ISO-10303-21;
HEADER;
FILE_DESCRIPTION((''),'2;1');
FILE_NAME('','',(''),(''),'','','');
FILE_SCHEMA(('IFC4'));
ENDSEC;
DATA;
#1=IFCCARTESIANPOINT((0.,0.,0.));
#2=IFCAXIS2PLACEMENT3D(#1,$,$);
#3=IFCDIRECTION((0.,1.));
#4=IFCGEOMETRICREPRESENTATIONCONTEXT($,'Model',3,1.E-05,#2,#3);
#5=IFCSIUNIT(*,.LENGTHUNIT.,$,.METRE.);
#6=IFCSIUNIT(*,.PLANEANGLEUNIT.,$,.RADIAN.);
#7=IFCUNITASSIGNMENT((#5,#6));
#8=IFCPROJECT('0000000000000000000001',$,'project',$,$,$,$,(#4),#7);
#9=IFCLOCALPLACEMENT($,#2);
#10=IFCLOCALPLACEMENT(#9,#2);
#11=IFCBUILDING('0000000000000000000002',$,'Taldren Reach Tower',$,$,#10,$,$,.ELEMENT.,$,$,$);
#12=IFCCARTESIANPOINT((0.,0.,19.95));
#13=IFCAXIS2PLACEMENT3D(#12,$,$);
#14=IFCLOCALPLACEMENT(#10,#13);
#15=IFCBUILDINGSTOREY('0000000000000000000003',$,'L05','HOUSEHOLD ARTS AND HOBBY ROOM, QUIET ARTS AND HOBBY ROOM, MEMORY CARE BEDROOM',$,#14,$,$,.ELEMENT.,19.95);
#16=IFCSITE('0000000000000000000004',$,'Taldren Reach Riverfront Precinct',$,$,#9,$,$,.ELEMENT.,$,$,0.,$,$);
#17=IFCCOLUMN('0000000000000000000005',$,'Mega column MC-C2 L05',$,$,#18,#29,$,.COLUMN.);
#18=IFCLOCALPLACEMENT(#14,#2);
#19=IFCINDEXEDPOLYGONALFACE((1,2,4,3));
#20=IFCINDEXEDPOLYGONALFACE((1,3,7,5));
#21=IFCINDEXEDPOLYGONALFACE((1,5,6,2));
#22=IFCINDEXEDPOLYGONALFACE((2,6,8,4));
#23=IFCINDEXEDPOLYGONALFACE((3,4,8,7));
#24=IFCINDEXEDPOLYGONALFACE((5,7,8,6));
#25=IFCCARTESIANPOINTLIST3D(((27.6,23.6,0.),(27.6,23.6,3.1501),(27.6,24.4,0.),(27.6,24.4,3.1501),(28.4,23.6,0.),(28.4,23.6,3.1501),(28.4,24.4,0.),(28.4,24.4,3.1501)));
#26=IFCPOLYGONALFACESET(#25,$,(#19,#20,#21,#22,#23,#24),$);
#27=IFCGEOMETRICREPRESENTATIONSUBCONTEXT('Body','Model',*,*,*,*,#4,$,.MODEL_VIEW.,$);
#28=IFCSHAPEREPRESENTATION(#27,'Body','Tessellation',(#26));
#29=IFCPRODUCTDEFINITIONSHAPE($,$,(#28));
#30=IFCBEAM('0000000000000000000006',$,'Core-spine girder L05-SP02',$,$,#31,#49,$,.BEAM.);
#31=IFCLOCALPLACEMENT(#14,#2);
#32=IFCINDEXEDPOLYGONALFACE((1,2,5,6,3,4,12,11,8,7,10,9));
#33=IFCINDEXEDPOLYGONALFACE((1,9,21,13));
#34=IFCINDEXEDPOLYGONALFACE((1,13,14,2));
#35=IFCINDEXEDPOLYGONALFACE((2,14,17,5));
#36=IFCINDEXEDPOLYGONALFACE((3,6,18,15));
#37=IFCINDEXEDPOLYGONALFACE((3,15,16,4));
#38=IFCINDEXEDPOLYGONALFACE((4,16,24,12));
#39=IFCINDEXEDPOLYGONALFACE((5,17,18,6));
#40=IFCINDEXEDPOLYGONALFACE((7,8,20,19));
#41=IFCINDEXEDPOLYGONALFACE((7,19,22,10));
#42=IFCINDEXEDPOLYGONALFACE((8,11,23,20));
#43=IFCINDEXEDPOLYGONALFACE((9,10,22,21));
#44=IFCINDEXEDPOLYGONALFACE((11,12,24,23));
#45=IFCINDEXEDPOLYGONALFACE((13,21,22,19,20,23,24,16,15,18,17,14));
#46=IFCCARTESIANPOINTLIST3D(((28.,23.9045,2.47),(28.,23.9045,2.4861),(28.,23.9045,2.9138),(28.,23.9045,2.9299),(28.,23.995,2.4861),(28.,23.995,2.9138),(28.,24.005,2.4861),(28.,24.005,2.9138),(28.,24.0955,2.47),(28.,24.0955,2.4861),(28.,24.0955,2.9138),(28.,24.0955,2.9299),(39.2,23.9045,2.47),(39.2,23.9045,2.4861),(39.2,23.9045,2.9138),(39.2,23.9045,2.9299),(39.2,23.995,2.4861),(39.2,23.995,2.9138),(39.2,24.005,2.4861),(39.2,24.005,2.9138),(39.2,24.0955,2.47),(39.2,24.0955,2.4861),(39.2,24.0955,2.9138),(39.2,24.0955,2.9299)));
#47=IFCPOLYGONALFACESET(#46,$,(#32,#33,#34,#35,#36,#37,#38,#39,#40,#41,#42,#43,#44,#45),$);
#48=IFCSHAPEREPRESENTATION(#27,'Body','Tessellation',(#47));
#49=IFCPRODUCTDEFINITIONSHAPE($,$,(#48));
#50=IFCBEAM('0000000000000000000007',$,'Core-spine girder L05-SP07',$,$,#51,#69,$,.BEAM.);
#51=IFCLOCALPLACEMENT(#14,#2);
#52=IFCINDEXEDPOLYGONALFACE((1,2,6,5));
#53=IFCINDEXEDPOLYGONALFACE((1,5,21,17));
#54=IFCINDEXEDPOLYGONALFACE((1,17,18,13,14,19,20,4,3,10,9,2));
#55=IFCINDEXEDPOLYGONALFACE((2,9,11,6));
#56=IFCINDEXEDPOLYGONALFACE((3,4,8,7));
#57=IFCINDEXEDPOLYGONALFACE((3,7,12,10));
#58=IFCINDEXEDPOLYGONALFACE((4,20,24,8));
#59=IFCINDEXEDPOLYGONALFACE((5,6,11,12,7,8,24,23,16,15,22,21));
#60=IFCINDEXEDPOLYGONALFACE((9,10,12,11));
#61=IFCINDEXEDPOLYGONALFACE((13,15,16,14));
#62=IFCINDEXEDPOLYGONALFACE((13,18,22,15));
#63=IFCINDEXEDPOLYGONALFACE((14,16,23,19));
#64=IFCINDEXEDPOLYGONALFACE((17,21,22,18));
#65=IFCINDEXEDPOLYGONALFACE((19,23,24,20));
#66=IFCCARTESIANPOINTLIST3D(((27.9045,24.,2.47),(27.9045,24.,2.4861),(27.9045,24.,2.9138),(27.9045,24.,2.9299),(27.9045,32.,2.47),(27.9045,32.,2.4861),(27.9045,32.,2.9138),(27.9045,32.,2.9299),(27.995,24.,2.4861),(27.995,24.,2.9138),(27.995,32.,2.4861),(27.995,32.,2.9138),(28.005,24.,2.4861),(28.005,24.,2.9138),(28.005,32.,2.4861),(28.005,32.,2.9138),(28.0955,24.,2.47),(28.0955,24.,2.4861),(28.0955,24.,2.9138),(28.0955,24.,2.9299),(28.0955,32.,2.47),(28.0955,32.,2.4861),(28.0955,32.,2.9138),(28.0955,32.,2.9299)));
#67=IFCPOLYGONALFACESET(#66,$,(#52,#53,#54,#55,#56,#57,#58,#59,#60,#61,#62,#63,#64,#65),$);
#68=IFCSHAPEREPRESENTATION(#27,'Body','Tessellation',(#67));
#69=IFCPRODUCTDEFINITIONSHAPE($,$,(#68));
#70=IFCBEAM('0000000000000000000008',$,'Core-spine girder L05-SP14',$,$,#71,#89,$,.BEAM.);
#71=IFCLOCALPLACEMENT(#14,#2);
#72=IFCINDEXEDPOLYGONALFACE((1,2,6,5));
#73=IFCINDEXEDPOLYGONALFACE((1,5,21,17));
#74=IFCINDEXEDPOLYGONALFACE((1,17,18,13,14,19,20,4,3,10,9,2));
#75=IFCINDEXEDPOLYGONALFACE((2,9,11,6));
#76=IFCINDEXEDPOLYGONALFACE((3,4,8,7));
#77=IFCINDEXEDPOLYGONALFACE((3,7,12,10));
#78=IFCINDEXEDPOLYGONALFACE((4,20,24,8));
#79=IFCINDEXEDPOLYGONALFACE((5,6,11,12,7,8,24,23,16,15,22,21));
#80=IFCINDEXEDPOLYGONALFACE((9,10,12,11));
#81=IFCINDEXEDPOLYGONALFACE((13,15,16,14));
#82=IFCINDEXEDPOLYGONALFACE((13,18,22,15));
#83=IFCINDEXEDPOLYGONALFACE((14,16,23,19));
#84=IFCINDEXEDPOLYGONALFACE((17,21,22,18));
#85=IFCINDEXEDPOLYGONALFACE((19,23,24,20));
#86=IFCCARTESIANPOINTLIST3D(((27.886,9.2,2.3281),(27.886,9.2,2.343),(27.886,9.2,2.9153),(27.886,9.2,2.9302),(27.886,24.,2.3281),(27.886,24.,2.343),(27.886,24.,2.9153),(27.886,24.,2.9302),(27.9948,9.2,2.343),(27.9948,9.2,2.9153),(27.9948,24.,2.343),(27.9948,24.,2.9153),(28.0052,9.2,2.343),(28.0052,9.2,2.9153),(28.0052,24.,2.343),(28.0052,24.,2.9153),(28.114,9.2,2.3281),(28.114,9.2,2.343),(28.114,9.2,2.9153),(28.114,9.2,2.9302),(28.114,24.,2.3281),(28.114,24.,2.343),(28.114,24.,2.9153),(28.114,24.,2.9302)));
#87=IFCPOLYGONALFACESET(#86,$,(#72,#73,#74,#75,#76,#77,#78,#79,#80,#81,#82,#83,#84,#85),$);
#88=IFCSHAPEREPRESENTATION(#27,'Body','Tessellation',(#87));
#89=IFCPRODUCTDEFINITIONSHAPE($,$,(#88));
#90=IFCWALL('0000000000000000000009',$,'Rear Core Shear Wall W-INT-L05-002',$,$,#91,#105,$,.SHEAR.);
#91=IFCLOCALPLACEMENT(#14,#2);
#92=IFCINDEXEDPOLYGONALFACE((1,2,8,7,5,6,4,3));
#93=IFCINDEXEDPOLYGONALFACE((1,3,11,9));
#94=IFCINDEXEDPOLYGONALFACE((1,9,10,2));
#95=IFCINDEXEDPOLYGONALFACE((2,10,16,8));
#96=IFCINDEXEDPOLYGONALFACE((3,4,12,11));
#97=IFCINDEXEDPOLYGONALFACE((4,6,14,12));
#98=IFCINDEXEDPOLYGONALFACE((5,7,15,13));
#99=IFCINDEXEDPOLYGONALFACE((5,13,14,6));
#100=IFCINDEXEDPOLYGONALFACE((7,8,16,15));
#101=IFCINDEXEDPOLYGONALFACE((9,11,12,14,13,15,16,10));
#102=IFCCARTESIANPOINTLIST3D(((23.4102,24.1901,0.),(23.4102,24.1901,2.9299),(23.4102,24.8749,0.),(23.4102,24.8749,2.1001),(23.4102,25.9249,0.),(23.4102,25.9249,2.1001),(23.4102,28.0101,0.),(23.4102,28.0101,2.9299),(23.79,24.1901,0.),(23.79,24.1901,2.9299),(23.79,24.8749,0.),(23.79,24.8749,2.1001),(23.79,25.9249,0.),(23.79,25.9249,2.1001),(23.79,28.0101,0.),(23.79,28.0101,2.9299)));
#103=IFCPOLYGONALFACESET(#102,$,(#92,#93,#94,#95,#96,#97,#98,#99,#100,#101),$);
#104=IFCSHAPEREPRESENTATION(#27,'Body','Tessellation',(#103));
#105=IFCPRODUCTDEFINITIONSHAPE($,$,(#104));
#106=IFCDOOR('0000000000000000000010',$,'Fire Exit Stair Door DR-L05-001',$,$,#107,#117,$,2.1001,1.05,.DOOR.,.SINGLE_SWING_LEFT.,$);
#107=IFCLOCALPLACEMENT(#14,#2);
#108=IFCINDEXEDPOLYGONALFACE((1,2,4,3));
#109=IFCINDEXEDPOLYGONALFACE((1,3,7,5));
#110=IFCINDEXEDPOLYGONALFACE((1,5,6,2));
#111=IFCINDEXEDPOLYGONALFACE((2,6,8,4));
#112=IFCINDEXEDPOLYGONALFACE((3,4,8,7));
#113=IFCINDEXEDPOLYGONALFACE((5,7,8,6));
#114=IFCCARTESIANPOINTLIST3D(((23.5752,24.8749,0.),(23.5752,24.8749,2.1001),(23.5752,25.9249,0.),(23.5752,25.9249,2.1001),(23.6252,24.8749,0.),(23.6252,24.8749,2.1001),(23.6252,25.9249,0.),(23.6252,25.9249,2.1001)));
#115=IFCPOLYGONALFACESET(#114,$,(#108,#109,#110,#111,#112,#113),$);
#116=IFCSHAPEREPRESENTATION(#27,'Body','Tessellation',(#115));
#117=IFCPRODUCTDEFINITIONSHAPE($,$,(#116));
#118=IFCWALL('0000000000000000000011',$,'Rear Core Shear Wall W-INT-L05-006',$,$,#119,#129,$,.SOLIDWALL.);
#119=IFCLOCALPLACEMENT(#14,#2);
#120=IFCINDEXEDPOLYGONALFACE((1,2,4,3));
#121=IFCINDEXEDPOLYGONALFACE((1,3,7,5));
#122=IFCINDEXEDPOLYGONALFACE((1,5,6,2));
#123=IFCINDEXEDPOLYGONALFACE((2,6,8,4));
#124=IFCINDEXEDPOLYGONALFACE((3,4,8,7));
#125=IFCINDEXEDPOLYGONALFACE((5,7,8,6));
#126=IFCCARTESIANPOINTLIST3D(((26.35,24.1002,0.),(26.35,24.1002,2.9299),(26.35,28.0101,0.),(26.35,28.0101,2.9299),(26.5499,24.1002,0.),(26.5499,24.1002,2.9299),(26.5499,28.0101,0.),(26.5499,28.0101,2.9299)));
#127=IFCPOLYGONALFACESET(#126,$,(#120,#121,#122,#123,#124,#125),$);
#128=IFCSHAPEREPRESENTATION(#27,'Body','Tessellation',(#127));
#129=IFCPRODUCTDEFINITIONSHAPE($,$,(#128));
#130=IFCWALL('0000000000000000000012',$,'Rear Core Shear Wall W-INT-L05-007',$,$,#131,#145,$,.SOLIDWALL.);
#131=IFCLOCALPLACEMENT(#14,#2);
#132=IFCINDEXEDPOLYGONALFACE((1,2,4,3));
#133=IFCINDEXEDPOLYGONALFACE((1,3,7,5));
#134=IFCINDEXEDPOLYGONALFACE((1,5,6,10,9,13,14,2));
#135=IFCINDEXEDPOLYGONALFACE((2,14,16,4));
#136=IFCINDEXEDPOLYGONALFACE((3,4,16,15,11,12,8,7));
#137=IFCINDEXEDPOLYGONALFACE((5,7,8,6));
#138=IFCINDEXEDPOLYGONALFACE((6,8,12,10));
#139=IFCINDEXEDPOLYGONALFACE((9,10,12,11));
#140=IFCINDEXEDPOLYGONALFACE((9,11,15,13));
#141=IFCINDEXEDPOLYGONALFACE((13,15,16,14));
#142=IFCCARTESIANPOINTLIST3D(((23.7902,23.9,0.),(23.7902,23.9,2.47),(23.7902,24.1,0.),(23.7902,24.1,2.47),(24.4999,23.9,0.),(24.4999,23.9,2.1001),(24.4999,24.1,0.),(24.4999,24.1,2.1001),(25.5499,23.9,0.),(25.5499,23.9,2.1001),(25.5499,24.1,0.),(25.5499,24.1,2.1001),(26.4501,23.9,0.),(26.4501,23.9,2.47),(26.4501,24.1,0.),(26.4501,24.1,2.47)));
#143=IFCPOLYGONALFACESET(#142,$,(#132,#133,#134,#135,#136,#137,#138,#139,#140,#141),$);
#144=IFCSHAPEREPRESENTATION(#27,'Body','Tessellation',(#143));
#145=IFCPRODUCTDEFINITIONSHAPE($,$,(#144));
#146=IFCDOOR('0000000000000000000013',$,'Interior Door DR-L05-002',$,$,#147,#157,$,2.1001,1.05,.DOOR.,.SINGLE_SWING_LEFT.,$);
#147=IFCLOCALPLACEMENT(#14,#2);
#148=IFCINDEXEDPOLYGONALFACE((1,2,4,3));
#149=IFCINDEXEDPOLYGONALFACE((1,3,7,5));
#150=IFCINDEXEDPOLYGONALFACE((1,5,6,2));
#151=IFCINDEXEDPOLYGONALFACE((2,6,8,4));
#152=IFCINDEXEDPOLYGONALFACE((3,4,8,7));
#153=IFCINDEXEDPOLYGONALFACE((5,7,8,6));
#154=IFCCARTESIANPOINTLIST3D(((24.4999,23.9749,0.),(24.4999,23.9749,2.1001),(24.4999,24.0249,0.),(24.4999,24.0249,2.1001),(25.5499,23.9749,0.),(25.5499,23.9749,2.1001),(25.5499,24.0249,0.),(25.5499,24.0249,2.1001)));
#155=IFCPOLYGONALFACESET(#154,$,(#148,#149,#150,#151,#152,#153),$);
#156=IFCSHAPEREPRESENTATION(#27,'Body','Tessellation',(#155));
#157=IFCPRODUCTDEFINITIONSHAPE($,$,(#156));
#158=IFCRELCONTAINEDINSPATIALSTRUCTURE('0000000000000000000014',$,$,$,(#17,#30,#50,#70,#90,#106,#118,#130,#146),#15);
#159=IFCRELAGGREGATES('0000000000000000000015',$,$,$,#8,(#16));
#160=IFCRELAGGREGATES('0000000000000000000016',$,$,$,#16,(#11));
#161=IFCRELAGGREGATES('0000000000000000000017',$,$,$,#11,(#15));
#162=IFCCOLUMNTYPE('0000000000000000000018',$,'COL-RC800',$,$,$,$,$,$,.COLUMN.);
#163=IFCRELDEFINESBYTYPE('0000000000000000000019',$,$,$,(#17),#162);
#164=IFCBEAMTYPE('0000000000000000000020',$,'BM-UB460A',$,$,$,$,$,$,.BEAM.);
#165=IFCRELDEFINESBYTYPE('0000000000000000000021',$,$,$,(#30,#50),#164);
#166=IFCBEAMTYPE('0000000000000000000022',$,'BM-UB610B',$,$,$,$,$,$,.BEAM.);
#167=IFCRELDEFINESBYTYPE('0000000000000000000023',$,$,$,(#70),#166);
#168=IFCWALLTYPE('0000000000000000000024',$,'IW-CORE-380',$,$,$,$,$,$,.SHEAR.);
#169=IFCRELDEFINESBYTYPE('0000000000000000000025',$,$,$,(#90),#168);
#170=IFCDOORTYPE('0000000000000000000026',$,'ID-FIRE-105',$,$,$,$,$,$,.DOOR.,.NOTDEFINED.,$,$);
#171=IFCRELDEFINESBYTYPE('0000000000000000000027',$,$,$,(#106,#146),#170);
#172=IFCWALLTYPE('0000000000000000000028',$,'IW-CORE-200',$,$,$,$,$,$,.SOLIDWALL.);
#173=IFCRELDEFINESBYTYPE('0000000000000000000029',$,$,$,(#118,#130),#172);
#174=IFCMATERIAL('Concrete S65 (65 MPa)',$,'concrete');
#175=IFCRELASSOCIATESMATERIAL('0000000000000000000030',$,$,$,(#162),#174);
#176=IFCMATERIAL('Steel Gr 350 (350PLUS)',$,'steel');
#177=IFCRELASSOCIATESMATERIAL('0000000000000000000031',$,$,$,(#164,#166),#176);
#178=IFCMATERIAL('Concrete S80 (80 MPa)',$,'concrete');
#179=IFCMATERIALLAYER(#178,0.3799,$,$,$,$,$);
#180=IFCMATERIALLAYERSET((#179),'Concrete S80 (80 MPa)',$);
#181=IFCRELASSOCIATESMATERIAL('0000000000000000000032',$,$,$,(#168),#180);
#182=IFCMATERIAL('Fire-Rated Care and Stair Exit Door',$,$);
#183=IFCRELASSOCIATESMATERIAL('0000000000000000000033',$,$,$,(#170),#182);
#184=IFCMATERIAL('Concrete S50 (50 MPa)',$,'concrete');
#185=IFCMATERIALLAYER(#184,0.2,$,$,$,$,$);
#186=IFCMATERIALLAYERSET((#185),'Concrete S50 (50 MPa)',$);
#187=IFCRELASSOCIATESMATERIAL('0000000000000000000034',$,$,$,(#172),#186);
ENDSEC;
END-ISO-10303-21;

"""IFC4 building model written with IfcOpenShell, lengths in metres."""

from ifc_helpers import new_model, si_unit, direction, frame, frame_2d, origin, origin_2d, place, context, subcontext, project, spatial, rectangle, i_section, extrude, source, transform, mapped, material, layer, layer_set, material_profile, profile_set, type_object, element, fill, save


model = new_model("IFC4")

# Units and contexts
model_context = context("Model", 3, precision=1e-05, world=origin(), true_north=direction((0.0, 1.0)))
body_context = subcontext(model_context, "Body", "Model", "MODEL_VIEW")
ifc_project = project(units=[si_unit("LENGTHUNIT", "METRE"), si_unit("PLANEANGLEUNIT", "RADIAN")], contexts=[model_context])

# Site, building, storey
site_placement = place(None, origin())
site = spatial("IfcSite", under=ifc_project, at=site_placement, Name="Taldren Reach Riverfront Precinct", CompositionType="ELEMENT", RefElevation=0.0)
building_placement = place(site_placement, origin())
building = spatial("IfcBuilding", under=site, at=building_placement, Name="Taldren Reach Tower", CompositionType="ELEMENT")
storey_placement = place(building_placement, frame((0.0, 0.0, 19.95)))
storey = spatial("IfcBuildingStorey", under=building, at=storey_placement, Name="L05", Description="HOUSEHOLD ARTS AND HOBBY ROOM, QUIET ARTS AND HOBBY ROOM, MEMORY CARE BEDROOM", CompositionType="ELEMENT", Elevation=19.95)

# Column
ifc_material_1 = material(Name="Concrete S65 (65 MPa)", Category="concrete")
ifc_material_profile_1 = material_profile(ifc_material_1, rectangle(XDim=0.8, YDim=0.8, at=origin_2d()), Name="RC-800x800")
ifc_profile_set_1 = profile_set([ifc_material_profile_1], Name="Concrete S65 (65 MPa)")
column_type = type_object("IfcColumnType", Name="COL-RC800", PredefinedType="COLUMN", material=ifc_profile_set_1)
shared_shape_1 = source(origin(), body_context, "Body", "SweptSolid", [
    extrude(rectangle(XDim=0.8, YDim=0.8, at=origin_2d()), origin(), (0.0, 0.0, 1.0), 3.1501),
])
column_placement = place(storey_placement, frame((28.0, 24.0, 0.0), z_axis=(0.0, 0.0, 1.0), x_axis=(1.0, 0.0, 0.0)))
element("IfcColumn", 1, at=column_placement, inside=storey, type_object=column_type, Name="Mega column MC-C2 L05", PredefinedType="COLUMN", context=body_context, shape_type="MappedRepresentation", body=[
    mapped(shared_shape_1, transform((0.0, 0.0, 0.0), scale=1.0)),
])

# Beams
ifc_material_2 = material(Name="Steel Gr 350 (350PLUS)", Category="steel")
ifc_material_profile_2 = material_profile(ifc_material_2, i_section(OverallWidth=0.1909, OverallDepth=0.46, WebThickness=0.01, FlangeThickness=0.0161, at=origin_2d()), Name="460UB82.1")
ifc_profile_set_2 = profile_set([ifc_material_profile_2], Name="Steel Gr 350 (350PLUS)")
beam_type_1 = type_object("IfcBeamType", Name="BM-UB460A", PredefinedType="BEAM", material=ifc_profile_set_2)
shared_shape_2 = source(origin(), body_context, "Body", "SweptSolid", [
    extrude(i_section(OverallWidth=0.1909, OverallDepth=0.46, WebThickness=0.01, FlangeThickness=0.0161, at=origin_2d()), origin(), (0.0, 0.0, 1.0), 11.2),
])
beam_1_placement = place(storey_placement, frame((28.0, 24.0, 2.7), z_axis=(1.0, 0.0, 0.0), x_axis=(0.0, 1.0, 0.0)))
element("IfcBeam", 2, at=beam_1_placement, inside=storey, type_object=beam_type_1, Name="Core-spine girder L05-SP02", PredefinedType="BEAM", context=body_context, shape_type="MappedRepresentation", body=[
    mapped(shared_shape_2, transform((0.0, 0.0, 0.0), scale=1.0)),
])
shared_shape_3 = source(origin(), body_context, "Body", "SweptSolid", [
    extrude(i_section(OverallWidth=0.1909, OverallDepth=0.46, WebThickness=0.01, FlangeThickness=0.0161, at=origin_2d()), origin(), (0.0, 0.0, 1.0), 8.0),
])
beam_2_placement = place(storey_placement, frame((28.0, 24.0, 2.7), z_axis=(0.0, 1.0, 0.0), x_axis=(-1.0, 0.0, 0.0)))
element("IfcBeam", 3, at=beam_2_placement, inside=storey, type_object=beam_type_1, Name="Core-spine girder L05-SP07", PredefinedType="BEAM", context=body_context, shape_type="MappedRepresentation", body=[
    mapped(shared_shape_3, transform((0.0, 0.0, 0.0), scale=1.0)),
])
ifc_material_profile_3 = material_profile(ifc_material_2, i_section(OverallWidth=0.228, OverallDepth=0.6021, WebThickness=0.0105, FlangeThickness=0.0149, at=origin_2d()), Name="610UB101")
ifc_profile_set_3 = profile_set([ifc_material_profile_3], Name="Steel Gr 350 (350PLUS)")
beam_type_2 = type_object("IfcBeamType", Name="BM-UB610B", PredefinedType="BEAM", material=ifc_profile_set_3)
shared_shape_4 = source(origin(), body_context, "Body", "SweptSolid", [
    extrude(i_section(OverallWidth=0.228, OverallDepth=0.6021, WebThickness=0.0105, FlangeThickness=0.0149, at=origin_2d()), origin(), (0.0, 0.0, 1.0), 14.8),
])
beam_3_placement = place(storey_placement, frame((28.0, 24.0, 2.6292), z_axis=(0.0, -1.0, 0.0), x_axis=(1.0, 0.0, 0.0)))
element("IfcBeam", 4, at=beam_3_placement, inside=storey, type_object=beam_type_2, Name="Core-spine girder L05-SP14", PredefinedType="BEAM", context=body_context, shape_type="MappedRepresentation", body=[
    mapped(shared_shape_4, transform((0.0, 0.0, 0.0), scale=1.0)),
])

# Wall, opening, door
ifc_material_3 = material(Name="Concrete S80 (80 MPa)", Category="concrete")
ifc_layer_1 = layer(ifc_material_3, 0.3799)
ifc_layer_set_1 = layer_set([ifc_layer_1], Name="Concrete S80 (80 MPa)")
wall_type_1 = type_object("IfcWallType", Name="IW-CORE-380", PredefinedType="SHEAR", material=ifc_layer_set_1)
shared_shape_5 = source(origin(), body_context, "Body", "SweptSolid", [
    extrude(rectangle(XDim=3.8201, YDim=0.3799, at=frame_2d((1.9102, 0.0))), origin(), (0.0, 0.0, 1.0), 2.9299),
])
wall_1_placement = place(storey_placement, frame((23.6001, 24.1899, 0.0), z_axis=(0.0, 0.0, 1.0), x_axis=(0.0, 1.0, 0.0)))
wall_1 = element("IfcWall", 5, at=wall_1_placement, inside=storey, type_object=wall_type_1, Name="Rear Core Shear Wall W-INT-L05-002", PredefinedType="SHEAR", context=body_context, shape_type="MappedRepresentation", body=[
    mapped(shared_shape_5, transform((0.0, 0.0, 0.0), scale=1.0)),
])
shared_shape_6 = source(origin(), body_context, "Body", "SweptSolid", [
    extrude(rectangle(XDim=1.05, YDim=2.1001, at=frame_2d((0.5249, 1.05))), frame((0.0, 0.2, 0.0), z_axis=(0.0, -1.0, 0.0), x_axis=(1.0, 0.0, 0.0)), (0.0, 0.0, 1.0), 0.3999),
])
opening_1_placement = place(wall_1_placement, frame((0.6851, 0.0, 0.0)))
opening_1 = element("IfcOpeningElement", 6, at=opening_1_placement, cuts=wall_1, PredefinedType="OPENING", context=body_context, shape_type="MappedRepresentation", body=[
    mapped(shared_shape_6, transform((0.0, 0.0, 0.0), scale=1.0)),
])
ifc_material_4 = material(Name="Fire-Rated Care and Stair Exit Door")
door_type_1 = type_object("IfcDoorType", Name="ID-FIRE-105", OperationType="NOTDEFINED", PredefinedType="DOOR", material=ifc_material_4)
shared_shape_7 = source(origin(), body_context, "Body", "SweptSolid", [
    extrude(rectangle(XDim=1.05, YDim=2.1001, at=frame_2d((0.5249, 1.05))), frame((0.0, 0.0249, 0.0), z_axis=(0.0, -1.0, 0.0), x_axis=(1.0, 0.0, 0.0)), (0.0, 0.0, 1.0), 0.05),
])
door_1_placement = place(opening_1_placement, origin())
door_1 = element("IfcDoor", 7, at=door_1_placement, inside=storey, type_object=door_type_1, Name="Fire Exit Stair Door DR-L05-001", OperationType="SINGLE_SWING_LEFT", OverallHeight=2.1001, OverallWidth=1.05, PredefinedType="DOOR", context=body_context, shape_type="MappedRepresentation", body=[
    mapped(shared_shape_7, transform((0.0, 0.0, 0.0), scale=1.0)),
])
fill(opening_1, door_1)

# Wall
ifc_material_5 = material(Name="Concrete S50 (50 MPa)", Category="concrete")
ifc_layer_2 = layer(ifc_material_5, 0.2)
ifc_layer_set_2 = layer_set([ifc_layer_2], Name="Concrete S50 (50 MPa)")
wall_type_2 = type_object("IfcWallType", Name="IW-CORE-200", PredefinedType="SOLIDWALL", material=ifc_layer_set_2)
shared_shape_8 = source(origin(), body_context, "Body", "SweptSolid", [
    extrude(rectangle(XDim=3.9099, YDim=0.2, at=frame_2d((1.9551, 0.0))), origin(), (0.0, 0.0, 1.0), 2.9299),
])
wall_2_placement = place(storey_placement, frame((26.45, 24.1001, 0.0), z_axis=(0.0, 0.0, 1.0), x_axis=(0.0, 1.0, 0.0)))
element("IfcWall", 8, at=wall_2_placement, inside=storey, type_object=wall_type_2, Name="Rear Core Shear Wall W-INT-L05-006", PredefinedType="SOLIDWALL", context=body_context, shape_type="MappedRepresentation", body=[
    mapped(shared_shape_8, transform((0.0, 0.0, 0.0), scale=1.0)),
])

# Wall, opening, door
shared_shape_9 = source(origin(), body_context, "Body", "SweptSolid", [
    extrude(rectangle(XDim=2.6599, YDim=0.2, at=frame_2d((1.3301, 0.0))), origin(), (0.0, 0.0, 1.0), 2.47),
])
wall_3_placement = place(storey_placement, frame((23.79, 24.0, 0.0), z_axis=(0.0, 0.0, 1.0), x_axis=(1.0, 0.0, 0.0)))
wall_3 = element("IfcWall", 9, at=wall_3_placement, inside=storey, type_object=wall_type_2, Name="Rear Core Shear Wall W-INT-L05-007", PredefinedType="SOLIDWALL", context=body_context, shape_type="MappedRepresentation", body=[
    mapped(shared_shape_9, transform((0.0, 0.0, 0.0), scale=1.0)),
])
shared_shape_10 = source(origin(), body_context, "Body", "SweptSolid", [
    extrude(rectangle(XDim=1.05, YDim=2.1001, at=frame_2d((0.5249, 1.05))), frame((0.0, 0.1099, 0.0), z_axis=(0.0, -1.0, 0.0), x_axis=(1.0, 0.0, 0.0)), (0.0, 0.0, 1.0), 0.22),
])
opening_2_placement = place(wall_3_placement, frame((0.71, 0.0, 0.0)))
opening_2 = element("IfcOpeningElement", 10, at=opening_2_placement, cuts=wall_3, PredefinedType="OPENING", context=body_context, shape_type="MappedRepresentation", body=[
    mapped(shared_shape_10, transform((0.0, 0.0, 0.0), scale=1.0)),
])
door_2_placement = place(opening_2_placement, origin())
door_2 = element("IfcDoor", 11, at=door_2_placement, inside=storey, type_object=door_type_1, Name="Interior Door DR-L05-002", OperationType="SINGLE_SWING_LEFT", OverallHeight=2.1001, OverallWidth=1.05, PredefinedType="DOOR", context=body_context, shape_type="MappedRepresentation", body=[
    mapped(shared_shape_7, transform((0.0, 0.0, 0.0), scale=1.0)),
])
fill(opening_2, door_2)

save(model, "model.ifc")
